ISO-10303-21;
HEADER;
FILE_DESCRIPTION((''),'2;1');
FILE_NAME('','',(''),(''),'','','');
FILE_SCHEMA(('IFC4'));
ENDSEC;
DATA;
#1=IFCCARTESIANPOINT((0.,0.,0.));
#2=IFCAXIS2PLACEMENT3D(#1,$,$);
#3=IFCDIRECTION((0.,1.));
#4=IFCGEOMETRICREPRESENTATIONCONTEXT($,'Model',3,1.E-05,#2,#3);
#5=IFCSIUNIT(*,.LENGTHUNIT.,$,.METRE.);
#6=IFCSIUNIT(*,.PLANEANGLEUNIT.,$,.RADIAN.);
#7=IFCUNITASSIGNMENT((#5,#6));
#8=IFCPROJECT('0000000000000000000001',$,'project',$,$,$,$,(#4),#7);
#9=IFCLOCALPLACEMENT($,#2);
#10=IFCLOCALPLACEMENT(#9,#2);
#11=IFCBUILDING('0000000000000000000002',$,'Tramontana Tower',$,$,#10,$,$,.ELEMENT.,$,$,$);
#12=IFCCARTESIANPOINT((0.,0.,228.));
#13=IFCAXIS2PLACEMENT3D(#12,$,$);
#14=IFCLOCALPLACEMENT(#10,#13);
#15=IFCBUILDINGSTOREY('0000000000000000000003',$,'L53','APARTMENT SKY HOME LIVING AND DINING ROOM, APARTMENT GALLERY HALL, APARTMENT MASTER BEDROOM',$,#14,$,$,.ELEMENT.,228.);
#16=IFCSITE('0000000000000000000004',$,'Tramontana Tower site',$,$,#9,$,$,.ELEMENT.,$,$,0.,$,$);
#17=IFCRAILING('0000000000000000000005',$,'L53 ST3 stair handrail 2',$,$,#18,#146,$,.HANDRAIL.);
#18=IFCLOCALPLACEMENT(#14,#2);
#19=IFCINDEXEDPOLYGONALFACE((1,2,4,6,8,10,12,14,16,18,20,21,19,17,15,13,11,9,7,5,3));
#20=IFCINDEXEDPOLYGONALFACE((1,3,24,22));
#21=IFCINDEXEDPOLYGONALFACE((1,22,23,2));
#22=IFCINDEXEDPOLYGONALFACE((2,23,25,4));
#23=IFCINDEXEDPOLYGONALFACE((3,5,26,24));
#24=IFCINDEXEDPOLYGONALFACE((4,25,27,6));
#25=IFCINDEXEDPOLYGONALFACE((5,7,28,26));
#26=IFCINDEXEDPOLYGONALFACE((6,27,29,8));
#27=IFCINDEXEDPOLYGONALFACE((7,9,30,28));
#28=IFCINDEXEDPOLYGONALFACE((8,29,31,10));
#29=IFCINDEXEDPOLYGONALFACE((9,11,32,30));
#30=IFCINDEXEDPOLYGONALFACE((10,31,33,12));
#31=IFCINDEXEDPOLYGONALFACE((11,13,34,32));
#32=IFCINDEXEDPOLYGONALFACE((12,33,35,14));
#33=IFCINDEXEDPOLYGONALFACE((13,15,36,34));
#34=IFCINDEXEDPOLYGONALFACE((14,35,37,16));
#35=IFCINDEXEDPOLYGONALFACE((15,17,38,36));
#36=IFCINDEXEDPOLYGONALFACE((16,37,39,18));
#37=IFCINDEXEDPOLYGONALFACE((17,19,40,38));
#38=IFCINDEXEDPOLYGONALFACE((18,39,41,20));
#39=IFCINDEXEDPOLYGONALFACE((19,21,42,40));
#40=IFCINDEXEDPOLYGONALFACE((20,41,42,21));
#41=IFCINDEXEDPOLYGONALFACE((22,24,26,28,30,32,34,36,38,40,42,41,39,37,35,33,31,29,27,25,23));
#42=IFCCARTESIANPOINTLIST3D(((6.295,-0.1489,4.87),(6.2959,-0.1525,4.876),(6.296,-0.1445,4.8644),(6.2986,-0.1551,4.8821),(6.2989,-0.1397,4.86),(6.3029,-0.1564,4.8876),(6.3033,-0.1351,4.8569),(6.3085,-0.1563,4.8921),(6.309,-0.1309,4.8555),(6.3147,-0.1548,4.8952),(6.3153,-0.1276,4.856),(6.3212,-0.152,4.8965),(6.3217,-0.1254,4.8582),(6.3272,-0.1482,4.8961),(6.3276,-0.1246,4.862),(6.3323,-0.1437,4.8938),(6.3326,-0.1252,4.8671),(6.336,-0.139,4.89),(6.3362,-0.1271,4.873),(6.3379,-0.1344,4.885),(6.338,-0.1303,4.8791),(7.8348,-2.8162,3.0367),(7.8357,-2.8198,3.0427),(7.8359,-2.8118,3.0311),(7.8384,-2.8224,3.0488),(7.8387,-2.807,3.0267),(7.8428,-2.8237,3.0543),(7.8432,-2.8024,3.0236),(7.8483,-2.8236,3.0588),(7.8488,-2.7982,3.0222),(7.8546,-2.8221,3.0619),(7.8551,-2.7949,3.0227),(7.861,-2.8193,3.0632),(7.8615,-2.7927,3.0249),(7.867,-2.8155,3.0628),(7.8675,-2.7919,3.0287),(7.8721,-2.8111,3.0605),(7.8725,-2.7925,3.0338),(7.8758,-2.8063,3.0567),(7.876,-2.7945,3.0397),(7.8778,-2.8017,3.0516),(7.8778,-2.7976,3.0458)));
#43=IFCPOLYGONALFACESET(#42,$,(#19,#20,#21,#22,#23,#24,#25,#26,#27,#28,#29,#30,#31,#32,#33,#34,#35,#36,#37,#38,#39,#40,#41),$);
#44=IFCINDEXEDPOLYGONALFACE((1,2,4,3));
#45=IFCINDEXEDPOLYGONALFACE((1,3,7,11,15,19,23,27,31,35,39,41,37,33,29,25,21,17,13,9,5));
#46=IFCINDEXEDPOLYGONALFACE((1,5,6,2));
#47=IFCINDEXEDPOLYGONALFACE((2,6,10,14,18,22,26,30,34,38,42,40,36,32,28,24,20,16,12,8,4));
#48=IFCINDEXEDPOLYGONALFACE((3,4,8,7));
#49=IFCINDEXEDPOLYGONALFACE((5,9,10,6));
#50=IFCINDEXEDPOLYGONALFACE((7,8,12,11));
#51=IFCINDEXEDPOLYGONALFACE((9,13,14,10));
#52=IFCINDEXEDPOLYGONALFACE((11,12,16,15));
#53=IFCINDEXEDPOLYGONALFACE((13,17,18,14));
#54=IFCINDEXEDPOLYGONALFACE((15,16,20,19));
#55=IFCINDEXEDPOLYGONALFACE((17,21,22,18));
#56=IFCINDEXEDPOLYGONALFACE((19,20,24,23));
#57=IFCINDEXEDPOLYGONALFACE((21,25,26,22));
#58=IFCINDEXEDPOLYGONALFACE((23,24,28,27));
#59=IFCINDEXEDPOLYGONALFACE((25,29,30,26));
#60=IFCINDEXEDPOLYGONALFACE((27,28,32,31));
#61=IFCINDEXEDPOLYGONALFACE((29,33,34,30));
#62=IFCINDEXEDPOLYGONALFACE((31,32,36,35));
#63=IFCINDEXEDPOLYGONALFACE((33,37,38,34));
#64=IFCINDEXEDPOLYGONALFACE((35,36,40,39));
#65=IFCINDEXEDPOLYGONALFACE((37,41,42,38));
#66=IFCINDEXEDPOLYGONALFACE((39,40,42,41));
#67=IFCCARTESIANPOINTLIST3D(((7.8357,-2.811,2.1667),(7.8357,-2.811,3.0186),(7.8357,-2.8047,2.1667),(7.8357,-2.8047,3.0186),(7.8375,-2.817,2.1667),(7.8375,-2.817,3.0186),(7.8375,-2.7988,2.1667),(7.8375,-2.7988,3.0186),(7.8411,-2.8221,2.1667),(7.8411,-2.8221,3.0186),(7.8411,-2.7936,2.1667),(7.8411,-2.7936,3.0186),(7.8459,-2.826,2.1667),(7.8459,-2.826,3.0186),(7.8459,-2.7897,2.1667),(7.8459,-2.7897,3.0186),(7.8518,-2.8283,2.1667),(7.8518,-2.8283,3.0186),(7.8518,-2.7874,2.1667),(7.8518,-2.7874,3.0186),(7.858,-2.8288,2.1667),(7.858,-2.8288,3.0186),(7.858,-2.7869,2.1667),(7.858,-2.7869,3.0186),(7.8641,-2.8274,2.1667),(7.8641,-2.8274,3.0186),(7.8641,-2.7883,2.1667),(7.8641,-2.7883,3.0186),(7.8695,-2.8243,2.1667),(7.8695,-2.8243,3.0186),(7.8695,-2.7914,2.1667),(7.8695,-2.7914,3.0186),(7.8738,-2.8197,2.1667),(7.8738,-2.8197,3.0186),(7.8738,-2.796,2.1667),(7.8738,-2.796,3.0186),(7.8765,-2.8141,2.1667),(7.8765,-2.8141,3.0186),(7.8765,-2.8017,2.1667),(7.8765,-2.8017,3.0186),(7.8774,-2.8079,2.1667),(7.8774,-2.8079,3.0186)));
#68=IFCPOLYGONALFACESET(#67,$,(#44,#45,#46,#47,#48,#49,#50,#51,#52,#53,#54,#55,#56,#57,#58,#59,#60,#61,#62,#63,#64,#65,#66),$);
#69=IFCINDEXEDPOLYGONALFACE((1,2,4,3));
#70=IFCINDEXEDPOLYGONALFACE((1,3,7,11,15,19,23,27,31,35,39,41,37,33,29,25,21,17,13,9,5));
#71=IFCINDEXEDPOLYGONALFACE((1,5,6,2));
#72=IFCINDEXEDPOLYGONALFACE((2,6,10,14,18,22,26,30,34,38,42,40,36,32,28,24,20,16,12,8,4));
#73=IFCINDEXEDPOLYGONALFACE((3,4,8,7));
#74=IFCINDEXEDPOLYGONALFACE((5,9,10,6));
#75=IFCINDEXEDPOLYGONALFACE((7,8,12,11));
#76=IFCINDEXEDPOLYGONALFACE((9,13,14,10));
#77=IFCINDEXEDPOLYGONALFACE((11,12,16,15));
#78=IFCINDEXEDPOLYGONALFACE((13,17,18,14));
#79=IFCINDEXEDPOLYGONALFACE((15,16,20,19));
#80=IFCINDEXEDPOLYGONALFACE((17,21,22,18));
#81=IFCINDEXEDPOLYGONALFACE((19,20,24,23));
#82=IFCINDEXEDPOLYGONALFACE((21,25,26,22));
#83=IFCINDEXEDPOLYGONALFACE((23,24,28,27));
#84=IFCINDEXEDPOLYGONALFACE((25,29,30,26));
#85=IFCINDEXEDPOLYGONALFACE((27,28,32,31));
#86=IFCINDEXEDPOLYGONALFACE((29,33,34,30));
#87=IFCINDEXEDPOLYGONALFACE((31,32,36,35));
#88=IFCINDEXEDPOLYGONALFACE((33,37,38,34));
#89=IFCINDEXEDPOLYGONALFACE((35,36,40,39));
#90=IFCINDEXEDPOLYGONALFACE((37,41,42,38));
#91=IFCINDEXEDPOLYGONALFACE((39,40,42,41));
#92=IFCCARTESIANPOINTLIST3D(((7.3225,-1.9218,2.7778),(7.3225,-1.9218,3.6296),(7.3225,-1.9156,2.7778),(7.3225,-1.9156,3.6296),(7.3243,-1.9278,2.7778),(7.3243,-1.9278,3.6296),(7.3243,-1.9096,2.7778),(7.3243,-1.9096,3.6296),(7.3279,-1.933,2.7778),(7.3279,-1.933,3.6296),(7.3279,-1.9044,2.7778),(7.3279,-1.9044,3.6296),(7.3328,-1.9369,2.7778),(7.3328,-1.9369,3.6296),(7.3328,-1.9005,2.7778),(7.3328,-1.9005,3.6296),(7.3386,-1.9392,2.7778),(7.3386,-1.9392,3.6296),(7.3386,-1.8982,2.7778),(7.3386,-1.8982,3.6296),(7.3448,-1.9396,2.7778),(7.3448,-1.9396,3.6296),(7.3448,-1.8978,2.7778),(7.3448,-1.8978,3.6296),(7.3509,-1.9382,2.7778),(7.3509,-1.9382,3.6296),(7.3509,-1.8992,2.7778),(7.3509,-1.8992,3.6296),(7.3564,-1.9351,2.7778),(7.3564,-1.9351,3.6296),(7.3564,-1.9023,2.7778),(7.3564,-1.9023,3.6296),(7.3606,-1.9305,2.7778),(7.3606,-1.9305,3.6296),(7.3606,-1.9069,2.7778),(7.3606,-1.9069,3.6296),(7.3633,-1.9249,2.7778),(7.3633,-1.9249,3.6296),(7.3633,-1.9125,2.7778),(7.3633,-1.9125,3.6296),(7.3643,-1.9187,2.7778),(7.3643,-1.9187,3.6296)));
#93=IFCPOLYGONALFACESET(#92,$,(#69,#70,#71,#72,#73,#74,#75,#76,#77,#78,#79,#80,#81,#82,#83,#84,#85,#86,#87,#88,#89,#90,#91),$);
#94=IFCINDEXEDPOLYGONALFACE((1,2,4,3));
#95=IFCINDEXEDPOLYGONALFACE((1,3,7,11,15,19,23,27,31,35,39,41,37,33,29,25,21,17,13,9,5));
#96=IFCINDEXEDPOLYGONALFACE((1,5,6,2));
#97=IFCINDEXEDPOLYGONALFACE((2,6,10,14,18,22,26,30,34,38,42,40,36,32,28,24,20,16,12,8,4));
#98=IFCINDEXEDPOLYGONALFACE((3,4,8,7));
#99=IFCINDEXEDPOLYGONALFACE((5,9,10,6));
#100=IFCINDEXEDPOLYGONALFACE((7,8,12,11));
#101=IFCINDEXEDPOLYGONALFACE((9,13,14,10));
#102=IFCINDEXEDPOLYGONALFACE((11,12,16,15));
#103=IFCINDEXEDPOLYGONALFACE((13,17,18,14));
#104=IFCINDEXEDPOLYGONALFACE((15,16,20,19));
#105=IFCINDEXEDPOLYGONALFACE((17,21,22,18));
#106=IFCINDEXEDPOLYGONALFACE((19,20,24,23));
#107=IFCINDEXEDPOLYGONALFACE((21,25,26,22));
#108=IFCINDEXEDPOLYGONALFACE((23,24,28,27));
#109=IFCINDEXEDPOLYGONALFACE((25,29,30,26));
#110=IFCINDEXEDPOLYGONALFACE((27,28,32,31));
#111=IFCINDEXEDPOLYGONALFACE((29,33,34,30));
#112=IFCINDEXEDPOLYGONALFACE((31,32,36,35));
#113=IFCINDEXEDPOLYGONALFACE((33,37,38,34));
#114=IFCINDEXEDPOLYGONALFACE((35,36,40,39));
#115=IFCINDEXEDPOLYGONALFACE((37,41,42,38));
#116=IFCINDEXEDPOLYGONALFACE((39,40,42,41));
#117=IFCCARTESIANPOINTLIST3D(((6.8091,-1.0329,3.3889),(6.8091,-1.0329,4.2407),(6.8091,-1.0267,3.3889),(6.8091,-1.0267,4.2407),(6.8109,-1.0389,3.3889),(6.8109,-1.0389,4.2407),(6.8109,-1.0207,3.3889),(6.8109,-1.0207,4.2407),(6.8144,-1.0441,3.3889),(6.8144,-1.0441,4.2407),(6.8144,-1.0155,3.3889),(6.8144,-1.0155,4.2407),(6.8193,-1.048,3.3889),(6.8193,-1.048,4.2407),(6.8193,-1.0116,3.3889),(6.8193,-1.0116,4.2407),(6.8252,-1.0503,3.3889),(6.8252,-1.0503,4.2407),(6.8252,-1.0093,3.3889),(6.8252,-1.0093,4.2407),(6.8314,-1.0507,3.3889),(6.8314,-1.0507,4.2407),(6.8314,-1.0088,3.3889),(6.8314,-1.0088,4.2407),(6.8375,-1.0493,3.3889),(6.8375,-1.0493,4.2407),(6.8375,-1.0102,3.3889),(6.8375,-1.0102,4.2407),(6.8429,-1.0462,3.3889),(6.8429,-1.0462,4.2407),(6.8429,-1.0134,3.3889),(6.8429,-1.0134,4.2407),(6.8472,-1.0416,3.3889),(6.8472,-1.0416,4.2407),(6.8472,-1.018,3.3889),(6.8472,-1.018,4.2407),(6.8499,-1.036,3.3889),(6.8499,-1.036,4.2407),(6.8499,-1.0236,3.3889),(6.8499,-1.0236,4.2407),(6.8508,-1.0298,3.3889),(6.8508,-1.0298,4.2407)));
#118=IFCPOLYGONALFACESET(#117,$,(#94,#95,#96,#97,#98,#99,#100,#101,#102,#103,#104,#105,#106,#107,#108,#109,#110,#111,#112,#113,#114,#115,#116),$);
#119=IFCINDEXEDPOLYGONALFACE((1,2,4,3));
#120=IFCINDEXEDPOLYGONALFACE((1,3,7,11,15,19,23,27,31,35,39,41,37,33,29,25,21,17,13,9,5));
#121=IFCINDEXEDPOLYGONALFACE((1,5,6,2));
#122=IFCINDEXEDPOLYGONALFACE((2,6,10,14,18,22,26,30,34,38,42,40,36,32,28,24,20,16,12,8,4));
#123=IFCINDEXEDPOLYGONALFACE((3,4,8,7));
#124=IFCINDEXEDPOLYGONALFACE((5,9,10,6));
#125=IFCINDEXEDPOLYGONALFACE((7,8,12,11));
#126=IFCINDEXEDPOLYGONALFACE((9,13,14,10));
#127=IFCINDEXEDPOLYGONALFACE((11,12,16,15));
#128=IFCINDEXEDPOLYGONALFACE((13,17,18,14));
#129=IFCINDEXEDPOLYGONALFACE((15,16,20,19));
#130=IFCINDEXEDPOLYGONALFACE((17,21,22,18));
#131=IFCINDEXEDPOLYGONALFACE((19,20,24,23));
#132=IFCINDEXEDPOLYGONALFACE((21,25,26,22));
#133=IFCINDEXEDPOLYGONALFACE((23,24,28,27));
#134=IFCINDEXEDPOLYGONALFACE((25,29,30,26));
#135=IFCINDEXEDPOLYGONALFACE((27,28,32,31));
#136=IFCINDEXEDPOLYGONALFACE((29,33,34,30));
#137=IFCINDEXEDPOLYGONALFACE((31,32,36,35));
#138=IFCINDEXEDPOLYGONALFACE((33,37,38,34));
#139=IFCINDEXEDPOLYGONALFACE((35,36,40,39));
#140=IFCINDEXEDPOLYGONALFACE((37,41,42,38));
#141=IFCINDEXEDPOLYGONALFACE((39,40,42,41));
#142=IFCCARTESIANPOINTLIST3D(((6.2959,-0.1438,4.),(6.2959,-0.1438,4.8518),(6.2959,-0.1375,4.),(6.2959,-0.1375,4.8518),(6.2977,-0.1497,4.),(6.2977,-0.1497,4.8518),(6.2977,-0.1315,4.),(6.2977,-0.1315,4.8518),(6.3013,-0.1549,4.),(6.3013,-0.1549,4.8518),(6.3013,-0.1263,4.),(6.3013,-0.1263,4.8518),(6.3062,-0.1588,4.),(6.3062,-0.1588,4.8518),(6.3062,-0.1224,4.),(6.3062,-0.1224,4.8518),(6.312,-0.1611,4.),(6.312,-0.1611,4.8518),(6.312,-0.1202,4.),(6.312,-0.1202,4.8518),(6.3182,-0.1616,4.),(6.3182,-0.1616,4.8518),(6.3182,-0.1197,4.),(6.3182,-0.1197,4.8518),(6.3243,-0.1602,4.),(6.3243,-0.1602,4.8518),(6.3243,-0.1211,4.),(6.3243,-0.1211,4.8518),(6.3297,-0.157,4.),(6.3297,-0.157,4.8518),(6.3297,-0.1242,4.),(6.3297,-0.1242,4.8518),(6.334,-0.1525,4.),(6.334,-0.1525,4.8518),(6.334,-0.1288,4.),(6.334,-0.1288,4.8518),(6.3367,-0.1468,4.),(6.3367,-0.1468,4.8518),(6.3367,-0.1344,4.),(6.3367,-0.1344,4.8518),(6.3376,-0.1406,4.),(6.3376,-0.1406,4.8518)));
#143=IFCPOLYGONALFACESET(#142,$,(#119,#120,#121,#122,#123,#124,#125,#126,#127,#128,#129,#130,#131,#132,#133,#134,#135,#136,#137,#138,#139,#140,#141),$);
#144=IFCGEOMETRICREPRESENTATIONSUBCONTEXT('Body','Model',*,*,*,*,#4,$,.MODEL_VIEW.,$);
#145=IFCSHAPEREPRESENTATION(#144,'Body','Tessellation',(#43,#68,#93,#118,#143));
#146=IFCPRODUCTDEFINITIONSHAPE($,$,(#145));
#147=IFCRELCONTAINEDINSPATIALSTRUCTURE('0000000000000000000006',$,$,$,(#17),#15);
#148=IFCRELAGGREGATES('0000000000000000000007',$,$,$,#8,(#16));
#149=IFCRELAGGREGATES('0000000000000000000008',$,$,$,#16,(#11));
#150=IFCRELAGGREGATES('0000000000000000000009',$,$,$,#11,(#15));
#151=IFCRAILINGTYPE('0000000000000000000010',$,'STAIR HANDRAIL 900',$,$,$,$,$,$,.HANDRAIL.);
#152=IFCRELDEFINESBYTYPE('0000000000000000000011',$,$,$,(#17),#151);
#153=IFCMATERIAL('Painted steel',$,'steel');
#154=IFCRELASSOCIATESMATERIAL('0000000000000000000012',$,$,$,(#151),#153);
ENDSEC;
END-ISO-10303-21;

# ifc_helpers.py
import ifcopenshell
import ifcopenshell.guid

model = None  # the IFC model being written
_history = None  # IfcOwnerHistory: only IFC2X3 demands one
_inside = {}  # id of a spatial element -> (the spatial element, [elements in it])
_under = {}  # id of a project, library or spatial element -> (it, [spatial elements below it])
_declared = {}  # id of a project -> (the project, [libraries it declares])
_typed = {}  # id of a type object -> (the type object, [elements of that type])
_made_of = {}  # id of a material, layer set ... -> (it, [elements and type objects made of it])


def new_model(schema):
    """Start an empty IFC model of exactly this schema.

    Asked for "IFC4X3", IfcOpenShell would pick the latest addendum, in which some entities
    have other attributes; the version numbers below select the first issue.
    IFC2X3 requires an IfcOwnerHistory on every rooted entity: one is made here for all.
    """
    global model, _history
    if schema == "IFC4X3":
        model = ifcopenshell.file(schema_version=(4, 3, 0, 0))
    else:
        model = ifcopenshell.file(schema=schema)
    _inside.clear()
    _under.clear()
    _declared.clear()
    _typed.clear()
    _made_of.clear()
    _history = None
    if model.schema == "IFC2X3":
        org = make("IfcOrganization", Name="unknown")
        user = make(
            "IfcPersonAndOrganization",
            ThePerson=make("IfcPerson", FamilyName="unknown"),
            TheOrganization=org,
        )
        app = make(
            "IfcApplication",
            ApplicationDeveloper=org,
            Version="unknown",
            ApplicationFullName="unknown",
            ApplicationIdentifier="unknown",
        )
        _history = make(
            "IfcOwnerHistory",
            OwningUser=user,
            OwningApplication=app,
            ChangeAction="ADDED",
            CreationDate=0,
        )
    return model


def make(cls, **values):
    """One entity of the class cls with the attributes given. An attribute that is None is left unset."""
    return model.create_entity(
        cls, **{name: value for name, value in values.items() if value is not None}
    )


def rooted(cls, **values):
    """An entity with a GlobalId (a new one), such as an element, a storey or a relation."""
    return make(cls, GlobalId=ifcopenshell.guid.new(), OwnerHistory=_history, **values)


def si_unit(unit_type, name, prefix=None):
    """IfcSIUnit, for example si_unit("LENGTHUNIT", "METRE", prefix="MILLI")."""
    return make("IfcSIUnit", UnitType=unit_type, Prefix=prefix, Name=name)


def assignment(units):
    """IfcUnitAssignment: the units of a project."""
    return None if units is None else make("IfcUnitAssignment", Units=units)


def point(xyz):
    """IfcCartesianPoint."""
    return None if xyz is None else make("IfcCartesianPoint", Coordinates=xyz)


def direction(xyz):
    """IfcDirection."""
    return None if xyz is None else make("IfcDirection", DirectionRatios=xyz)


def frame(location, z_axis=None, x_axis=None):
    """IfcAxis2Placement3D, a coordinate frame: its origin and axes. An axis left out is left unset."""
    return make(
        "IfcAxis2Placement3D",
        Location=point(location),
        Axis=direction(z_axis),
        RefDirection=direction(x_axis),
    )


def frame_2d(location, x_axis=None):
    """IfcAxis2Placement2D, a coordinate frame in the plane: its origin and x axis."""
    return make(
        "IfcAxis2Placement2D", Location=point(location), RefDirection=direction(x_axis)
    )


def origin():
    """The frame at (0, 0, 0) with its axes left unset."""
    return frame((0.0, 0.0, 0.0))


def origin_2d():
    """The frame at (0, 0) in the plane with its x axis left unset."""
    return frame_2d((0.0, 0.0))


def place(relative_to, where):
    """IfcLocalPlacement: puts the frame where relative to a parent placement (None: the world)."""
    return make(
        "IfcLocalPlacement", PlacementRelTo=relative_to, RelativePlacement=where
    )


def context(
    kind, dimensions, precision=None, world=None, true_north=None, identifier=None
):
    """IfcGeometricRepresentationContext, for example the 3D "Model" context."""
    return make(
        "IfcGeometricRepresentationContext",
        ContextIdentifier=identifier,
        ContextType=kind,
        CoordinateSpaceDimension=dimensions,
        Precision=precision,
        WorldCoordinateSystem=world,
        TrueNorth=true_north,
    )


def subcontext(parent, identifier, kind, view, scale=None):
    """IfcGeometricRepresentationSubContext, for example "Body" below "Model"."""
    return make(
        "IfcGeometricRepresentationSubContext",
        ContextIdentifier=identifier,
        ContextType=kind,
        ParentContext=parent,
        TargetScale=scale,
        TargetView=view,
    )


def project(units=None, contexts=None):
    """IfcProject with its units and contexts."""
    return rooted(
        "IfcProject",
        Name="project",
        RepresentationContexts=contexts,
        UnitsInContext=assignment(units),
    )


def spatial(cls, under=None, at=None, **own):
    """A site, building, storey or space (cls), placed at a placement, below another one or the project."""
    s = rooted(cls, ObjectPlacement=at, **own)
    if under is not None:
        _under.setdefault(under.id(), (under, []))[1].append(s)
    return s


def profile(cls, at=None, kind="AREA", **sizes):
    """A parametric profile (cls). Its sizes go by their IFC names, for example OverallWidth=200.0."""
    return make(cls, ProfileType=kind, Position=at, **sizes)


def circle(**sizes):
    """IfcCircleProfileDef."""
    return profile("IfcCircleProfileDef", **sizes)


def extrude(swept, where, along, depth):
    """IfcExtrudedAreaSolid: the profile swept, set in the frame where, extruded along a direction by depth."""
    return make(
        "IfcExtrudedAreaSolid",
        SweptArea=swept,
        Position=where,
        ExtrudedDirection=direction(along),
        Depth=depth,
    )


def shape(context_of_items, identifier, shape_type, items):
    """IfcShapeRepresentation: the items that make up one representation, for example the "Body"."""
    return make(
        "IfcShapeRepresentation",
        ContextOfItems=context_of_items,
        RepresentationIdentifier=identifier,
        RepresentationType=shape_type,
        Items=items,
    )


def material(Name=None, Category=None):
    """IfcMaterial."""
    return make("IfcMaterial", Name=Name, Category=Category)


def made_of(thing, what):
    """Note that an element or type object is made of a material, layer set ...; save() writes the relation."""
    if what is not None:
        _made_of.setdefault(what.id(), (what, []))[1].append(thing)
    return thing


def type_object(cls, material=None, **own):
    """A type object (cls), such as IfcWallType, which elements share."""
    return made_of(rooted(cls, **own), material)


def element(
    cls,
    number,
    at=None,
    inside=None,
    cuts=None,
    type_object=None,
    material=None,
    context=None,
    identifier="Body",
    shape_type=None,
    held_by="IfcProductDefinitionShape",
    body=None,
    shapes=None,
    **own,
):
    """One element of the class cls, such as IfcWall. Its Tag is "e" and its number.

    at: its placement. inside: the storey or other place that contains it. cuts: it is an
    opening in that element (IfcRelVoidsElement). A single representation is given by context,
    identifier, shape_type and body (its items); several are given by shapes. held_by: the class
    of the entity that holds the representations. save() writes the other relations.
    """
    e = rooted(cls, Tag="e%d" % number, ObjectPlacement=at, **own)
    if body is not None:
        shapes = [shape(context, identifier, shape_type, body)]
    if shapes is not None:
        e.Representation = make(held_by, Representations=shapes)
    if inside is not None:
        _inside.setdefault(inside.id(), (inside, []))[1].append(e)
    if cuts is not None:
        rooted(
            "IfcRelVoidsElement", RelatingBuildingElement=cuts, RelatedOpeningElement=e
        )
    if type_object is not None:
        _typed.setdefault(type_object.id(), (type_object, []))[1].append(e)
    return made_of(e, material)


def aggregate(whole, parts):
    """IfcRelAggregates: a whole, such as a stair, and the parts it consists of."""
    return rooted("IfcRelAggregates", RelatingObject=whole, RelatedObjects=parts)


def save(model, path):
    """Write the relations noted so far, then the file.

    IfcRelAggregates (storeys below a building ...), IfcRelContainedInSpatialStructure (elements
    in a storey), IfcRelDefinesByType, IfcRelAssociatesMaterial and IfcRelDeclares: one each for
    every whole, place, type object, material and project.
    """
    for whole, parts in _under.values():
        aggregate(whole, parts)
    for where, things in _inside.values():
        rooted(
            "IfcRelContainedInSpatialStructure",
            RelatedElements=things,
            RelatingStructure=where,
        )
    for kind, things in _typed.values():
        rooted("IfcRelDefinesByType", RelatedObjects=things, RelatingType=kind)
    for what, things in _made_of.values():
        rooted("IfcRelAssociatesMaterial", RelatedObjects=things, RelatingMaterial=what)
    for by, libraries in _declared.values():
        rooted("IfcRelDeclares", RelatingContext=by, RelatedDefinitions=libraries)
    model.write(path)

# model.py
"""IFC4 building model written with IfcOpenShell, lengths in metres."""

from ifc_helpers import new_model, si_unit, direction, frame, origin, origin_2d, place, context, subcontext, project, spatial, circle, extrude, material, type_object, element, save


model = new_model("IFC4")

# Units and contexts
model_context = context("Model", 3, precision=1e-05, world=origin(), true_north=direction((0.0, 1.0)))
body_context = subcontext(model_context, "Body", "Model", "MODEL_VIEW")
ifc_project = project(units=[si_unit("LENGTHUNIT", "METRE"), si_unit("PLANEANGLEUNIT", "RADIAN")], contexts=[model_context])

# Site, building, storey
site_placement = place(None, origin())
site = spatial("IfcSite", under=ifc_project, at=site_placement, Name="Tramontana Tower site", CompositionType="ELEMENT", RefElevation=0.0)
building_placement = place(site_placement, origin())
building = spatial("IfcBuilding", under=site, at=building_placement, Name="Tramontana Tower", CompositionType="ELEMENT")
storey_placement = place(building_placement, frame((0.0, 0.0, 228.0)))
storey = spatial("IfcBuildingStorey", under=building, at=storey_placement, Name="L53", Description="APARTMENT SKY HOME LIVING AND DINING ROOM, APARTMENT GALLERY HALL, APARTMENT MASTER BEDROOM", CompositionType="ELEMENT", Elevation=228.0)

# Railing
ifc_material_1 = material(Name="Painted steel", Category="steel")
railing_type_1 = type_object("IfcRailingType", Name="STAIR HANDRAIL 900", PredefinedType="HANDRAIL", material=ifc_material_1)
railing_1_placement = place(storey_placement, frame((7.8564, -2.8079, 2.1667)))
element("IfcRailing", 1, at=railing_1_placement, inside=storey, type_object=railing_type_1, Name="L53 ST3 stair handrail 2", PredefinedType="HANDRAIL", context=body_context, shape_type="SweptSolid", body=[
    extrude(circle(Radius=0.0239, at=origin_2d()), frame((0.0, 0.0, 0.876), z_axis=(-0.429616, 0.744181, 0.511493), x_axis=(-0.866044, -0.499967, 0.0)), (0.0, 0.0, 1.0), 3.5842),
    extrude(circle(Radius=0.021, at=origin_2d()), origin(), (0.0, 0.0, 1.0), 0.8518),
    extrude(circle(Radius=0.021, at=origin_2d()), frame((-0.5132, 0.8892, 0.6111)), (0.0, 0.0, 1.0), 0.8518),
    extrude(circle(Radius=0.021, at=origin_2d()), frame((-1.0266, 1.7781, 1.2222)), (0.0, 0.0, 1.0), 0.8518),
    extrude(circle(Radius=0.021, at=origin_2d()), frame((-1.5398, 2.6672, 1.8333)), (0.0, 0.0, 1.0), 0.8518),
])

save(model, "model.ifc")
